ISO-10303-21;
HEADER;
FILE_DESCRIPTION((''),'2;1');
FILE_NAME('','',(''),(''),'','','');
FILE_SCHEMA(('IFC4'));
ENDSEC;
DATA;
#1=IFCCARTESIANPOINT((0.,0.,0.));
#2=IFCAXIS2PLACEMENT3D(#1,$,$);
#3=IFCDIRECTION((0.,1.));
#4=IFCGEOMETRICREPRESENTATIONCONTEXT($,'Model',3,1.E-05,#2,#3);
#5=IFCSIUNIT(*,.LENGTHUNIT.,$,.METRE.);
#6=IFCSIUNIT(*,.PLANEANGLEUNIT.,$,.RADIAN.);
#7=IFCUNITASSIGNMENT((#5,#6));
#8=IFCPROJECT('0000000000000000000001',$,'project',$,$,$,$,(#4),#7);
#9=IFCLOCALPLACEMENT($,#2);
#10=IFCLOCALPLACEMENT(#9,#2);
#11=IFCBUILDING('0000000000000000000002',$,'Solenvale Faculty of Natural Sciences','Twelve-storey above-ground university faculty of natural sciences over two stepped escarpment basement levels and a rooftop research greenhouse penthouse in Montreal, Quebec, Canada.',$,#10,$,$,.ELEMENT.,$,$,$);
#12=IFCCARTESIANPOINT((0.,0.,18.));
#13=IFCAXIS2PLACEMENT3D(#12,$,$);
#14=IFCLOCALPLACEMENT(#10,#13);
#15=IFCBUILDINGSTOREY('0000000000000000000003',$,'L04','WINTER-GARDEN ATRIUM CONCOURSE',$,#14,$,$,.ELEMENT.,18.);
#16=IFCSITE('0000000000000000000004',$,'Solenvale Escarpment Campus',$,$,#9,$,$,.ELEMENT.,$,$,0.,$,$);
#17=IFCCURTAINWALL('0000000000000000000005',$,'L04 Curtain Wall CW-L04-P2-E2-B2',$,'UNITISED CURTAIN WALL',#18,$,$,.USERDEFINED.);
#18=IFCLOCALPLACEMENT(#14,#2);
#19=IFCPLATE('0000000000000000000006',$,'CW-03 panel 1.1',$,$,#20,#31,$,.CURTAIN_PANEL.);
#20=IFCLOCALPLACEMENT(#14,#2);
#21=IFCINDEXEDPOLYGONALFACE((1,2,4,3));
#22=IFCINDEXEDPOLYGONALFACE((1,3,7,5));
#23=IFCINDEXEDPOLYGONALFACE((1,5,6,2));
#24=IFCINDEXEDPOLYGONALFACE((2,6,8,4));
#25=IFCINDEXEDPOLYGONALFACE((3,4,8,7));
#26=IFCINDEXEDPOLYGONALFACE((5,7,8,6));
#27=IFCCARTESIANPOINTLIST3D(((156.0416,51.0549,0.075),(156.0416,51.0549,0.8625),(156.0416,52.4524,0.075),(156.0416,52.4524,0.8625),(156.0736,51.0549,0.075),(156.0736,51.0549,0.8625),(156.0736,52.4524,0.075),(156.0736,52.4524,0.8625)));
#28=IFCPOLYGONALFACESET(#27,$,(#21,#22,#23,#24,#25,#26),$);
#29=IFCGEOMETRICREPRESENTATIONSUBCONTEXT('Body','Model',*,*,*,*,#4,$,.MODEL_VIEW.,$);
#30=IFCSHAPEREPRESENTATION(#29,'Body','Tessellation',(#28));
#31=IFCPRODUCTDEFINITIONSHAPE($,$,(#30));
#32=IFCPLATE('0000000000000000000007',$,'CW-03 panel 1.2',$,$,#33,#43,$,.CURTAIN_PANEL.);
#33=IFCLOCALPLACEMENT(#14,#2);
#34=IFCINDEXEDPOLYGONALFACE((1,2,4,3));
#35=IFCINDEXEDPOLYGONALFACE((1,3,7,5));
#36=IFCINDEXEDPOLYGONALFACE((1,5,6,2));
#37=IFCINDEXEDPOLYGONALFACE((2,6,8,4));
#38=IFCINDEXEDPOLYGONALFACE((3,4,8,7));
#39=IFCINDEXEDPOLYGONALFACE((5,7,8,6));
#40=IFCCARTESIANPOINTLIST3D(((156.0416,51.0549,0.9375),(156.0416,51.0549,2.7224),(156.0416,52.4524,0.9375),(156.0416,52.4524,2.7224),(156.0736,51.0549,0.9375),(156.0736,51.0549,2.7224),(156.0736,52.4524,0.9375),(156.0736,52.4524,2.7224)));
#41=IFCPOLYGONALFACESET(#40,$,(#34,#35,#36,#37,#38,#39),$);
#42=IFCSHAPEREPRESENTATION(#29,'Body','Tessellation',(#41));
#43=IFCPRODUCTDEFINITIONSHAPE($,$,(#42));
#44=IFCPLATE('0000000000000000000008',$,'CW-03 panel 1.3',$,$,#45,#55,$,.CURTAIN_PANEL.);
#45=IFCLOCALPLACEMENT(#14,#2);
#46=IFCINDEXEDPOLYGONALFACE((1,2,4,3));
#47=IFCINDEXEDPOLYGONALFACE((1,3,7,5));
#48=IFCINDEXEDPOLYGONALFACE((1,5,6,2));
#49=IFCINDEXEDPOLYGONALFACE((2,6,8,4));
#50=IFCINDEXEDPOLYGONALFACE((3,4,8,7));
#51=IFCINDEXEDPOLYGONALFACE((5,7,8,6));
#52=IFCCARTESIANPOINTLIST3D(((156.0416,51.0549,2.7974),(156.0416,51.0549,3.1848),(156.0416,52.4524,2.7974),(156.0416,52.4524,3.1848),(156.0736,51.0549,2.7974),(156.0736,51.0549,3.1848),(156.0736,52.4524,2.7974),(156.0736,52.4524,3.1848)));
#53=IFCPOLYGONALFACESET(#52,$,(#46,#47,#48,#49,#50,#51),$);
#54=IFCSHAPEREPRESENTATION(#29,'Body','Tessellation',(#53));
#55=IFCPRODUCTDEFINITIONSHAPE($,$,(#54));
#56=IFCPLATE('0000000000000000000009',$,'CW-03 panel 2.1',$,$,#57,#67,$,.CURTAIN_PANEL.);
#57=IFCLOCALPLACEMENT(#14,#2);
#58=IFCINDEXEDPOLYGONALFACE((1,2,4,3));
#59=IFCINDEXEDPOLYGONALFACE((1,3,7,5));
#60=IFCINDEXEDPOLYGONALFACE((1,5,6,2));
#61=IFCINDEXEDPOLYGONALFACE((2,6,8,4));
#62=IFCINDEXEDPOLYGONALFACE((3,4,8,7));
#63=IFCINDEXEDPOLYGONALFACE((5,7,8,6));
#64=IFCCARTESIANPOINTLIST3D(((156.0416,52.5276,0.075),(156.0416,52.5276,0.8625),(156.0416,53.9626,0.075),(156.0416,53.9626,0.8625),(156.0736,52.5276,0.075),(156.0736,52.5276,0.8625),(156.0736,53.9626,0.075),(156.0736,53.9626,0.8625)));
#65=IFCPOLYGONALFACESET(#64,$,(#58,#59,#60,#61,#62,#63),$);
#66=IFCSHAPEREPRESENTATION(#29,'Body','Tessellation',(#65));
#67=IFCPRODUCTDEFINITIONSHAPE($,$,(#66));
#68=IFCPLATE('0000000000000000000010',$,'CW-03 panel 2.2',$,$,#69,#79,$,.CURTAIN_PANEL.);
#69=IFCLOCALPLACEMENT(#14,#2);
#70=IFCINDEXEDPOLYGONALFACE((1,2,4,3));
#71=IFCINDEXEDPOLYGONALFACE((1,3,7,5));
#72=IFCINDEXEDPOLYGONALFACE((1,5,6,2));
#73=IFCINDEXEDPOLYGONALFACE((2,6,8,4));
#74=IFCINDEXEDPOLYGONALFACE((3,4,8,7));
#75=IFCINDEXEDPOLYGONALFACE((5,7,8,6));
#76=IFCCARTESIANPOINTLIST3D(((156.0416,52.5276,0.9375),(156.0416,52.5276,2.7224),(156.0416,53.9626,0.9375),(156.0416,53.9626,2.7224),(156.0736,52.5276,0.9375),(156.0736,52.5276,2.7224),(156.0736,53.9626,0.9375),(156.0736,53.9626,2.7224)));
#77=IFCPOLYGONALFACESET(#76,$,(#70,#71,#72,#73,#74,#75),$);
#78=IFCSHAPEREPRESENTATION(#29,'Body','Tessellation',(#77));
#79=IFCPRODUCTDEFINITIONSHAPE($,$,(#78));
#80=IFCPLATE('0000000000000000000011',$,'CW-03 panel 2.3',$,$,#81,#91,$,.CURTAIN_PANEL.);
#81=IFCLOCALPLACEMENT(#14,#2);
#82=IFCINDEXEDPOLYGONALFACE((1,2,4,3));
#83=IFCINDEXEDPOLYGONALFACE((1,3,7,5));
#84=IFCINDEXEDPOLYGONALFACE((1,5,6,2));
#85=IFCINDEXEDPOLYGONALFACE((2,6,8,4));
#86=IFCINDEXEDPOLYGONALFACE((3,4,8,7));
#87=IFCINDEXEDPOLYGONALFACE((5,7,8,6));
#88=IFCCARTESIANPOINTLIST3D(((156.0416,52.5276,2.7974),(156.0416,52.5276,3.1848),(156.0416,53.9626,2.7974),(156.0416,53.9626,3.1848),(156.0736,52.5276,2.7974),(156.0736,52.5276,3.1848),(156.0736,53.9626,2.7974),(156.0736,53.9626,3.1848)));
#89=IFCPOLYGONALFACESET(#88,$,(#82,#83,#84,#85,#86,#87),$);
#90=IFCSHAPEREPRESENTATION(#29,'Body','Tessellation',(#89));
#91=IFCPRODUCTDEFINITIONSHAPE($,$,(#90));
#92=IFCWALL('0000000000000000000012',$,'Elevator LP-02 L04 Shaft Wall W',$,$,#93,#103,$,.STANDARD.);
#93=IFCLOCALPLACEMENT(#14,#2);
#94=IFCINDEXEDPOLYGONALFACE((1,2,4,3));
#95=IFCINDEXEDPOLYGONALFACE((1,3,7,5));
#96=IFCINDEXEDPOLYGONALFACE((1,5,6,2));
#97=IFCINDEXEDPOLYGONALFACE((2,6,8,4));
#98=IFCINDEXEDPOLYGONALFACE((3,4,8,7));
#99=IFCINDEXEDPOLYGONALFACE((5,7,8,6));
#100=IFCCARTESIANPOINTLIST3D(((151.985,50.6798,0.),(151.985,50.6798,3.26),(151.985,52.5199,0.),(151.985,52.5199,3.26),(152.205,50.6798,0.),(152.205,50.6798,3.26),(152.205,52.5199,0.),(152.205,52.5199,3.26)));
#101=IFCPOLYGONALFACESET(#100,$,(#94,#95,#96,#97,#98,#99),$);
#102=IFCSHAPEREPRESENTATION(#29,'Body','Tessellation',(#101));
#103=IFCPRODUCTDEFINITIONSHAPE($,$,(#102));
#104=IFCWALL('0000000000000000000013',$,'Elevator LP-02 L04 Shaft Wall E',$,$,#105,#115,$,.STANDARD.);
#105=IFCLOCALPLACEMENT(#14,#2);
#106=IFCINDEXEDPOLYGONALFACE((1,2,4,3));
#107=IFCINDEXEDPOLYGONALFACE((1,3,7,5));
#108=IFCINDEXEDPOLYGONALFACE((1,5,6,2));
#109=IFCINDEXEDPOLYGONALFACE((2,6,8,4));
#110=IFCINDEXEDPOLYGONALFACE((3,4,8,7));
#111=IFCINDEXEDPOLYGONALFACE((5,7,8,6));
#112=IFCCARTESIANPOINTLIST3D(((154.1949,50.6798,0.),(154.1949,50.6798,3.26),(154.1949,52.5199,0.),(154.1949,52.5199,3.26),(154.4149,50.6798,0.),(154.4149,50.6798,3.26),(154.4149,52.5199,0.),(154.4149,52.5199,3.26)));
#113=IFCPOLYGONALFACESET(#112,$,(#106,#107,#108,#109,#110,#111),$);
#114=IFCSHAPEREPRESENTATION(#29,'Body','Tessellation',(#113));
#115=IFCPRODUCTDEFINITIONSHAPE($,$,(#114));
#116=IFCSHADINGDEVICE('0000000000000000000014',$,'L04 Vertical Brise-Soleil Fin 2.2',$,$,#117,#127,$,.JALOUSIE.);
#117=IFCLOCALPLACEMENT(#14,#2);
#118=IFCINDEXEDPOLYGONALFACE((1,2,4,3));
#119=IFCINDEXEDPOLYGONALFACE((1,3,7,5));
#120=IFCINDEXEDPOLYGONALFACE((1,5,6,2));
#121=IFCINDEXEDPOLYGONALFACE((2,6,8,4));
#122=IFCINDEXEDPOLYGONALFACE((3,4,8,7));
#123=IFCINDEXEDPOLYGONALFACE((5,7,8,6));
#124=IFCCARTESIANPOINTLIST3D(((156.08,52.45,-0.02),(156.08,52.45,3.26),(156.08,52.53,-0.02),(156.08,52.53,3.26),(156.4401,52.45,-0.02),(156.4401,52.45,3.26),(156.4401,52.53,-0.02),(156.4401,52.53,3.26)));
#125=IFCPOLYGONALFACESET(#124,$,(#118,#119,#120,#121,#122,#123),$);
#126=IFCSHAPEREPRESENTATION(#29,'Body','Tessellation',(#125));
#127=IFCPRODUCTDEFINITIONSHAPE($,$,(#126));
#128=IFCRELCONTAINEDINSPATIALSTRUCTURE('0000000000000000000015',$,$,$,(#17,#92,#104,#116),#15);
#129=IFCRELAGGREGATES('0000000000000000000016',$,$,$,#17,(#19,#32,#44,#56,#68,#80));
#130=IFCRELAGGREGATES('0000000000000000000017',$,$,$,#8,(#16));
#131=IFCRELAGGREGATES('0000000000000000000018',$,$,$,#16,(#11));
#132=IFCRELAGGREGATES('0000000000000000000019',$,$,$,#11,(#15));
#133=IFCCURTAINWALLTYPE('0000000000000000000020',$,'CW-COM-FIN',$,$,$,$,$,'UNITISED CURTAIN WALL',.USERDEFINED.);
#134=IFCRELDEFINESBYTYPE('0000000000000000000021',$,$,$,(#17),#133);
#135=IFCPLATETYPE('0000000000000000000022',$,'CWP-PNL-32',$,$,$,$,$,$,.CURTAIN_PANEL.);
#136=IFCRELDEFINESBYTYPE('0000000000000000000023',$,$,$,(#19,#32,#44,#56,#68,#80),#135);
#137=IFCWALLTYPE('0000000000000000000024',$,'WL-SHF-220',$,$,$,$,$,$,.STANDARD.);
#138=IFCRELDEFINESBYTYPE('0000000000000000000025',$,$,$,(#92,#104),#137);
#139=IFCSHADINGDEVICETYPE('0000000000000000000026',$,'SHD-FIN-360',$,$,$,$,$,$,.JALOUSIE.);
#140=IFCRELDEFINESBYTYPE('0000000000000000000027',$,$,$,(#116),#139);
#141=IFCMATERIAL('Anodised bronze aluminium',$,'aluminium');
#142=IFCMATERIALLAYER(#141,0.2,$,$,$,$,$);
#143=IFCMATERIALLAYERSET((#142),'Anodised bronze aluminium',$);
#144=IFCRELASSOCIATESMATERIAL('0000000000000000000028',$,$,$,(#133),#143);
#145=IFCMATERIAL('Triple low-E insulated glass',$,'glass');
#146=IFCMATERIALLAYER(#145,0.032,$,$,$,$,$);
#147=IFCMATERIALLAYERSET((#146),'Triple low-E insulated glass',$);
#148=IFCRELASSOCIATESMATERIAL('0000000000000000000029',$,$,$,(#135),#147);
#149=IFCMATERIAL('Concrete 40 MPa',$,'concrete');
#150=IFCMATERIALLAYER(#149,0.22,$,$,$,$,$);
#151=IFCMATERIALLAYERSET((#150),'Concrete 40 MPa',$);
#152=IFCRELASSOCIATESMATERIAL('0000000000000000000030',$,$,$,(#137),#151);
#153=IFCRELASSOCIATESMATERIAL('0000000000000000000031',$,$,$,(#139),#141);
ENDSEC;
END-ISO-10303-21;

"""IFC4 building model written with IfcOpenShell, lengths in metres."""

from ifc_helpers import new_model, si_unit, direction, frame, frame_2d, origin, origin_2d, place, context, subcontext, project, spatial, rectangle, extrude, material, layer, layer_set, material_profile, profile_set, type_object, element, aggregate, save


model = new_model("IFC4")

# Units and contexts
model_context = context("Model", 3, precision=1e-05, world=origin(), true_north=direction((0.0, 1.0)))
body_context = subcontext(model_context, "Body", "Model", "MODEL_VIEW")
ifc_project = project(units=[si_unit("LENGTHUNIT", "METRE"), si_unit("PLANEANGLEUNIT", "RADIAN")], contexts=[model_context])

# Site, building, storey
site_placement = place(None, origin())
site = spatial("IfcSite", under=ifc_project, at=site_placement, Name="Solenvale Escarpment Campus", CompositionType="ELEMENT", RefElevation=0.0)
building_placement = place(site_placement, origin())
building = spatial("IfcBuilding", under=site, at=building_placement, Name="Solenvale Faculty of Natural Sciences", Description="Twelve-storey above-ground university faculty of natural sciences over two stepped escarpment basement levels and a rooftop research greenhouse penthouse in Montreal, Quebec, Canada.", CompositionType="ELEMENT")
storey_placement = place(building_placement, frame((0.0, 0.0, 18.0)))
storey = spatial("IfcBuildingStorey", under=building, at=storey_placement, Name="L04", Description="WINTER-GARDEN ATRIUM CONCOURSE", CompositionType="ELEMENT", Elevation=18.0)

# Shared definitions
ifc_material_1 = material(Name="Concrete 40 MPa", Category="concrete")

# Curtain wall, plates
ifc_material_2 = material(Name="Anodised bronze aluminium", Category="aluminium")
ifc_layer_1 = layer(ifc_material_2, 0.2)
ifc_layer_set_1 = layer_set([ifc_layer_1], Name="Anodised bronze aluminium")
curtain_wall_type = type_object("IfcCurtainWallType", Name="CW-COM-FIN", ElementType="UNITISED CURTAIN WALL", PredefinedType="USERDEFINED", material=ifc_layer_set_1)
curtain_wall_placement = place(storey_placement, origin())
curtain_wall = element("IfcCurtainWall", 1, at=curtain_wall_placement, inside=storey, type_object=curtain_wall_type, Name="L04 Curtain Wall CW-L04-P2-E2-B2", ObjectType="UNITISED CURTAIN WALL", PredefinedType="USERDEFINED")
ifc_material_3 = material(Name="Triple low-E insulated glass", Category="glass")
ifc_layer_2 = layer(ifc_material_3, 0.032)
ifc_layer_set_2 = layer_set([ifc_layer_2], Name="Triple low-E insulated glass")
plate_type = type_object("IfcPlateType", Name="CWP-PNL-32", PredefinedType="CURTAIN_PANEL", material=ifc_layer_set_2)
plate_1_placement = place(storey_placement, frame((156.0576, 51.7537, 0.075), z_axis=(0.0, 0.0, 1.0), x_axis=(0.0, 1.0, 0.0)))
plate_1 = element("IfcPlate", 2, at=plate_1_placement, type_object=plate_type, Name="CW-03 panel 1.1", PredefinedType="CURTAIN_PANEL", context=body_context, shape_type="SweptSolid", body=[
    extrude(rectangle(XDim=1.3975, YDim=0.032, at=origin_2d()), origin(), (0.0, 0.0, 1.0), 0.7876),
])
plate_2_placement = place(storey_placement, frame((156.0576, 51.7537, 0.9375), z_axis=(0.0, 0.0, 1.0), x_axis=(0.0, 1.0, 0.0)))
plate_2 = element("IfcPlate", 3, at=plate_2_placement, type_object=plate_type, Name="CW-03 panel 1.2", PredefinedType="CURTAIN_PANEL", context=body_context, shape_type="SweptSolid", body=[
    extrude(rectangle(XDim=1.3975, YDim=0.032, at=origin_2d()), origin(), (0.0, 0.0, 1.0), 1.7849),
])
plate_3_placement = place(storey_placement, frame((156.0576, 51.7537, 2.7974), z_axis=(0.0, 0.0, 1.0), x_axis=(0.0, 1.0, 0.0)))
plate_3 = element("IfcPlate", 4, at=plate_3_placement, type_object=plate_type, Name="CW-03 panel 1.3", PredefinedType="CURTAIN_PANEL", context=body_context, shape_type="SweptSolid", body=[
    extrude(rectangle(XDim=1.3975, YDim=0.032, at=origin_2d()), origin(), (0.0, 0.0, 1.0), 0.3875),
])
plate_4_placement = place(storey_placement, frame((156.0576, 53.2451, 0.075), z_axis=(0.0, 0.0, 1.0), x_axis=(0.0, 1.0, 0.0)))
plate_4 = element("IfcPlate", 5, at=plate_4_placement, type_object=plate_type, Name="CW-03 panel 2.1", PredefinedType="CURTAIN_PANEL", context=body_context, shape_type="SweptSolid", body=[
    extrude(rectangle(XDim=1.4351, YDim=0.032, at=origin_2d()), origin(), (0.0, 0.0, 1.0), 0.7876),
])
plate_5_placement = place(storey_placement, frame((156.0576, 53.2451, 0.9375), z_axis=(0.0, 0.0, 1.0), x_axis=(0.0, 1.0, 0.0)))
plate_5 = element("IfcPlate", 6, at=plate_5_placement, type_object=plate_type, Name="CW-03 panel 2.2", PredefinedType="CURTAIN_PANEL", context=body_context, shape_type="SweptSolid", body=[
    extrude(rectangle(XDim=1.4351, YDim=0.032, at=origin_2d()), origin(), (0.0, 0.0, 1.0), 1.7849),
])
plate_6_placement = place(storey_placement, frame((156.0576, 53.2451, 2.7974), z_axis=(0.0, 0.0, 1.0), x_axis=(0.0, 1.0, 0.0)))
plate_6 = element("IfcPlate", 7, at=plate_6_placement, type_object=plate_type, Name="CW-03 panel 2.3", PredefinedType="CURTAIN_PANEL", context=body_context, shape_type="SweptSolid", body=[
    extrude(rectangle(XDim=1.4351, YDim=0.032, at=origin_2d()), origin(), (0.0, 0.0, 1.0), 0.3875),
])
aggregate(curtain_wall, [plate_1, plate_2, plate_3, plate_4, plate_5, plate_6])

# Shared definitions
ifc_layer_3 = layer(ifc_material_1, 0.22)
ifc_layer_set_3 = layer_set([ifc_layer_3], Name="Concrete 40 MPa")
wall_type = type_object("IfcWallType", Name="WL-SHF-220", PredefinedType="STANDARD", material=ifc_layer_set_3)

# Walls
for number, where, z_axis, x_axis, name in (
    (8, (152.095, 50.6799, 0.0), (0.0, 0.0, 1.0), (0.0, 1.0, 0.0), "Elevator LP-02 L04 Shaft Wall W"),
    (9, (154.3049, 50.6799, 0.0), (0.0, 0.0, 1.0), (0.0, 1.0, 0.0), "Elevator LP-02 L04 Shaft Wall E"),
):
    element("IfcWall", number, at=place(storey_placement, frame(where, z_axis=z_axis, x_axis=x_axis)), inside=storey, type_object=wall_type, Name=name, PredefinedType="STANDARD", context=body_context, shape_type="SweptSolid", body=[
        extrude(rectangle(XDim=1.8401, YDim=0.22, at=frame_2d((0.9199, 0.0))), origin(), (0.0, 0.0, 1.0), 3.26),
    ])

# Shading device
ifc_material_profile_1 = material_profile(ifc_material_2, rectangle(XDim=0.0801, YDim=0.3601, at=origin_2d()), Name="ALU-FIN-80x360")
ifc_profile_set_1 = profile_set([ifc_material_profile_1], Name="Anodised bronze aluminium")
shading_device_type = type_object("IfcShadingDeviceType", Name="SHD-FIN-360", PredefinedType="JALOUSIE", material=ifc_profile_set_1)
shading_device_placement = place(storey_placement, frame((156.26, 52.49, -0.02), z_axis=(0.0, 0.0, 1.0), x_axis=(0.0, 1.0, 0.0)))
element("IfcShadingDevice", 10, at=shading_device_placement, inside=storey, type_object=shading_device_type, Name="L04 Vertical Brise-Soleil Fin 2.2", PredefinedType="JALOUSIE", context=body_context, shape_type="SweptSolid", body=[
    extrude(rectangle(XDim=0.0801, YDim=0.3601, at=origin_2d()), origin(), (0.0, 0.0, 1.0), 3.28),
])

save(model, "model.ifc")
